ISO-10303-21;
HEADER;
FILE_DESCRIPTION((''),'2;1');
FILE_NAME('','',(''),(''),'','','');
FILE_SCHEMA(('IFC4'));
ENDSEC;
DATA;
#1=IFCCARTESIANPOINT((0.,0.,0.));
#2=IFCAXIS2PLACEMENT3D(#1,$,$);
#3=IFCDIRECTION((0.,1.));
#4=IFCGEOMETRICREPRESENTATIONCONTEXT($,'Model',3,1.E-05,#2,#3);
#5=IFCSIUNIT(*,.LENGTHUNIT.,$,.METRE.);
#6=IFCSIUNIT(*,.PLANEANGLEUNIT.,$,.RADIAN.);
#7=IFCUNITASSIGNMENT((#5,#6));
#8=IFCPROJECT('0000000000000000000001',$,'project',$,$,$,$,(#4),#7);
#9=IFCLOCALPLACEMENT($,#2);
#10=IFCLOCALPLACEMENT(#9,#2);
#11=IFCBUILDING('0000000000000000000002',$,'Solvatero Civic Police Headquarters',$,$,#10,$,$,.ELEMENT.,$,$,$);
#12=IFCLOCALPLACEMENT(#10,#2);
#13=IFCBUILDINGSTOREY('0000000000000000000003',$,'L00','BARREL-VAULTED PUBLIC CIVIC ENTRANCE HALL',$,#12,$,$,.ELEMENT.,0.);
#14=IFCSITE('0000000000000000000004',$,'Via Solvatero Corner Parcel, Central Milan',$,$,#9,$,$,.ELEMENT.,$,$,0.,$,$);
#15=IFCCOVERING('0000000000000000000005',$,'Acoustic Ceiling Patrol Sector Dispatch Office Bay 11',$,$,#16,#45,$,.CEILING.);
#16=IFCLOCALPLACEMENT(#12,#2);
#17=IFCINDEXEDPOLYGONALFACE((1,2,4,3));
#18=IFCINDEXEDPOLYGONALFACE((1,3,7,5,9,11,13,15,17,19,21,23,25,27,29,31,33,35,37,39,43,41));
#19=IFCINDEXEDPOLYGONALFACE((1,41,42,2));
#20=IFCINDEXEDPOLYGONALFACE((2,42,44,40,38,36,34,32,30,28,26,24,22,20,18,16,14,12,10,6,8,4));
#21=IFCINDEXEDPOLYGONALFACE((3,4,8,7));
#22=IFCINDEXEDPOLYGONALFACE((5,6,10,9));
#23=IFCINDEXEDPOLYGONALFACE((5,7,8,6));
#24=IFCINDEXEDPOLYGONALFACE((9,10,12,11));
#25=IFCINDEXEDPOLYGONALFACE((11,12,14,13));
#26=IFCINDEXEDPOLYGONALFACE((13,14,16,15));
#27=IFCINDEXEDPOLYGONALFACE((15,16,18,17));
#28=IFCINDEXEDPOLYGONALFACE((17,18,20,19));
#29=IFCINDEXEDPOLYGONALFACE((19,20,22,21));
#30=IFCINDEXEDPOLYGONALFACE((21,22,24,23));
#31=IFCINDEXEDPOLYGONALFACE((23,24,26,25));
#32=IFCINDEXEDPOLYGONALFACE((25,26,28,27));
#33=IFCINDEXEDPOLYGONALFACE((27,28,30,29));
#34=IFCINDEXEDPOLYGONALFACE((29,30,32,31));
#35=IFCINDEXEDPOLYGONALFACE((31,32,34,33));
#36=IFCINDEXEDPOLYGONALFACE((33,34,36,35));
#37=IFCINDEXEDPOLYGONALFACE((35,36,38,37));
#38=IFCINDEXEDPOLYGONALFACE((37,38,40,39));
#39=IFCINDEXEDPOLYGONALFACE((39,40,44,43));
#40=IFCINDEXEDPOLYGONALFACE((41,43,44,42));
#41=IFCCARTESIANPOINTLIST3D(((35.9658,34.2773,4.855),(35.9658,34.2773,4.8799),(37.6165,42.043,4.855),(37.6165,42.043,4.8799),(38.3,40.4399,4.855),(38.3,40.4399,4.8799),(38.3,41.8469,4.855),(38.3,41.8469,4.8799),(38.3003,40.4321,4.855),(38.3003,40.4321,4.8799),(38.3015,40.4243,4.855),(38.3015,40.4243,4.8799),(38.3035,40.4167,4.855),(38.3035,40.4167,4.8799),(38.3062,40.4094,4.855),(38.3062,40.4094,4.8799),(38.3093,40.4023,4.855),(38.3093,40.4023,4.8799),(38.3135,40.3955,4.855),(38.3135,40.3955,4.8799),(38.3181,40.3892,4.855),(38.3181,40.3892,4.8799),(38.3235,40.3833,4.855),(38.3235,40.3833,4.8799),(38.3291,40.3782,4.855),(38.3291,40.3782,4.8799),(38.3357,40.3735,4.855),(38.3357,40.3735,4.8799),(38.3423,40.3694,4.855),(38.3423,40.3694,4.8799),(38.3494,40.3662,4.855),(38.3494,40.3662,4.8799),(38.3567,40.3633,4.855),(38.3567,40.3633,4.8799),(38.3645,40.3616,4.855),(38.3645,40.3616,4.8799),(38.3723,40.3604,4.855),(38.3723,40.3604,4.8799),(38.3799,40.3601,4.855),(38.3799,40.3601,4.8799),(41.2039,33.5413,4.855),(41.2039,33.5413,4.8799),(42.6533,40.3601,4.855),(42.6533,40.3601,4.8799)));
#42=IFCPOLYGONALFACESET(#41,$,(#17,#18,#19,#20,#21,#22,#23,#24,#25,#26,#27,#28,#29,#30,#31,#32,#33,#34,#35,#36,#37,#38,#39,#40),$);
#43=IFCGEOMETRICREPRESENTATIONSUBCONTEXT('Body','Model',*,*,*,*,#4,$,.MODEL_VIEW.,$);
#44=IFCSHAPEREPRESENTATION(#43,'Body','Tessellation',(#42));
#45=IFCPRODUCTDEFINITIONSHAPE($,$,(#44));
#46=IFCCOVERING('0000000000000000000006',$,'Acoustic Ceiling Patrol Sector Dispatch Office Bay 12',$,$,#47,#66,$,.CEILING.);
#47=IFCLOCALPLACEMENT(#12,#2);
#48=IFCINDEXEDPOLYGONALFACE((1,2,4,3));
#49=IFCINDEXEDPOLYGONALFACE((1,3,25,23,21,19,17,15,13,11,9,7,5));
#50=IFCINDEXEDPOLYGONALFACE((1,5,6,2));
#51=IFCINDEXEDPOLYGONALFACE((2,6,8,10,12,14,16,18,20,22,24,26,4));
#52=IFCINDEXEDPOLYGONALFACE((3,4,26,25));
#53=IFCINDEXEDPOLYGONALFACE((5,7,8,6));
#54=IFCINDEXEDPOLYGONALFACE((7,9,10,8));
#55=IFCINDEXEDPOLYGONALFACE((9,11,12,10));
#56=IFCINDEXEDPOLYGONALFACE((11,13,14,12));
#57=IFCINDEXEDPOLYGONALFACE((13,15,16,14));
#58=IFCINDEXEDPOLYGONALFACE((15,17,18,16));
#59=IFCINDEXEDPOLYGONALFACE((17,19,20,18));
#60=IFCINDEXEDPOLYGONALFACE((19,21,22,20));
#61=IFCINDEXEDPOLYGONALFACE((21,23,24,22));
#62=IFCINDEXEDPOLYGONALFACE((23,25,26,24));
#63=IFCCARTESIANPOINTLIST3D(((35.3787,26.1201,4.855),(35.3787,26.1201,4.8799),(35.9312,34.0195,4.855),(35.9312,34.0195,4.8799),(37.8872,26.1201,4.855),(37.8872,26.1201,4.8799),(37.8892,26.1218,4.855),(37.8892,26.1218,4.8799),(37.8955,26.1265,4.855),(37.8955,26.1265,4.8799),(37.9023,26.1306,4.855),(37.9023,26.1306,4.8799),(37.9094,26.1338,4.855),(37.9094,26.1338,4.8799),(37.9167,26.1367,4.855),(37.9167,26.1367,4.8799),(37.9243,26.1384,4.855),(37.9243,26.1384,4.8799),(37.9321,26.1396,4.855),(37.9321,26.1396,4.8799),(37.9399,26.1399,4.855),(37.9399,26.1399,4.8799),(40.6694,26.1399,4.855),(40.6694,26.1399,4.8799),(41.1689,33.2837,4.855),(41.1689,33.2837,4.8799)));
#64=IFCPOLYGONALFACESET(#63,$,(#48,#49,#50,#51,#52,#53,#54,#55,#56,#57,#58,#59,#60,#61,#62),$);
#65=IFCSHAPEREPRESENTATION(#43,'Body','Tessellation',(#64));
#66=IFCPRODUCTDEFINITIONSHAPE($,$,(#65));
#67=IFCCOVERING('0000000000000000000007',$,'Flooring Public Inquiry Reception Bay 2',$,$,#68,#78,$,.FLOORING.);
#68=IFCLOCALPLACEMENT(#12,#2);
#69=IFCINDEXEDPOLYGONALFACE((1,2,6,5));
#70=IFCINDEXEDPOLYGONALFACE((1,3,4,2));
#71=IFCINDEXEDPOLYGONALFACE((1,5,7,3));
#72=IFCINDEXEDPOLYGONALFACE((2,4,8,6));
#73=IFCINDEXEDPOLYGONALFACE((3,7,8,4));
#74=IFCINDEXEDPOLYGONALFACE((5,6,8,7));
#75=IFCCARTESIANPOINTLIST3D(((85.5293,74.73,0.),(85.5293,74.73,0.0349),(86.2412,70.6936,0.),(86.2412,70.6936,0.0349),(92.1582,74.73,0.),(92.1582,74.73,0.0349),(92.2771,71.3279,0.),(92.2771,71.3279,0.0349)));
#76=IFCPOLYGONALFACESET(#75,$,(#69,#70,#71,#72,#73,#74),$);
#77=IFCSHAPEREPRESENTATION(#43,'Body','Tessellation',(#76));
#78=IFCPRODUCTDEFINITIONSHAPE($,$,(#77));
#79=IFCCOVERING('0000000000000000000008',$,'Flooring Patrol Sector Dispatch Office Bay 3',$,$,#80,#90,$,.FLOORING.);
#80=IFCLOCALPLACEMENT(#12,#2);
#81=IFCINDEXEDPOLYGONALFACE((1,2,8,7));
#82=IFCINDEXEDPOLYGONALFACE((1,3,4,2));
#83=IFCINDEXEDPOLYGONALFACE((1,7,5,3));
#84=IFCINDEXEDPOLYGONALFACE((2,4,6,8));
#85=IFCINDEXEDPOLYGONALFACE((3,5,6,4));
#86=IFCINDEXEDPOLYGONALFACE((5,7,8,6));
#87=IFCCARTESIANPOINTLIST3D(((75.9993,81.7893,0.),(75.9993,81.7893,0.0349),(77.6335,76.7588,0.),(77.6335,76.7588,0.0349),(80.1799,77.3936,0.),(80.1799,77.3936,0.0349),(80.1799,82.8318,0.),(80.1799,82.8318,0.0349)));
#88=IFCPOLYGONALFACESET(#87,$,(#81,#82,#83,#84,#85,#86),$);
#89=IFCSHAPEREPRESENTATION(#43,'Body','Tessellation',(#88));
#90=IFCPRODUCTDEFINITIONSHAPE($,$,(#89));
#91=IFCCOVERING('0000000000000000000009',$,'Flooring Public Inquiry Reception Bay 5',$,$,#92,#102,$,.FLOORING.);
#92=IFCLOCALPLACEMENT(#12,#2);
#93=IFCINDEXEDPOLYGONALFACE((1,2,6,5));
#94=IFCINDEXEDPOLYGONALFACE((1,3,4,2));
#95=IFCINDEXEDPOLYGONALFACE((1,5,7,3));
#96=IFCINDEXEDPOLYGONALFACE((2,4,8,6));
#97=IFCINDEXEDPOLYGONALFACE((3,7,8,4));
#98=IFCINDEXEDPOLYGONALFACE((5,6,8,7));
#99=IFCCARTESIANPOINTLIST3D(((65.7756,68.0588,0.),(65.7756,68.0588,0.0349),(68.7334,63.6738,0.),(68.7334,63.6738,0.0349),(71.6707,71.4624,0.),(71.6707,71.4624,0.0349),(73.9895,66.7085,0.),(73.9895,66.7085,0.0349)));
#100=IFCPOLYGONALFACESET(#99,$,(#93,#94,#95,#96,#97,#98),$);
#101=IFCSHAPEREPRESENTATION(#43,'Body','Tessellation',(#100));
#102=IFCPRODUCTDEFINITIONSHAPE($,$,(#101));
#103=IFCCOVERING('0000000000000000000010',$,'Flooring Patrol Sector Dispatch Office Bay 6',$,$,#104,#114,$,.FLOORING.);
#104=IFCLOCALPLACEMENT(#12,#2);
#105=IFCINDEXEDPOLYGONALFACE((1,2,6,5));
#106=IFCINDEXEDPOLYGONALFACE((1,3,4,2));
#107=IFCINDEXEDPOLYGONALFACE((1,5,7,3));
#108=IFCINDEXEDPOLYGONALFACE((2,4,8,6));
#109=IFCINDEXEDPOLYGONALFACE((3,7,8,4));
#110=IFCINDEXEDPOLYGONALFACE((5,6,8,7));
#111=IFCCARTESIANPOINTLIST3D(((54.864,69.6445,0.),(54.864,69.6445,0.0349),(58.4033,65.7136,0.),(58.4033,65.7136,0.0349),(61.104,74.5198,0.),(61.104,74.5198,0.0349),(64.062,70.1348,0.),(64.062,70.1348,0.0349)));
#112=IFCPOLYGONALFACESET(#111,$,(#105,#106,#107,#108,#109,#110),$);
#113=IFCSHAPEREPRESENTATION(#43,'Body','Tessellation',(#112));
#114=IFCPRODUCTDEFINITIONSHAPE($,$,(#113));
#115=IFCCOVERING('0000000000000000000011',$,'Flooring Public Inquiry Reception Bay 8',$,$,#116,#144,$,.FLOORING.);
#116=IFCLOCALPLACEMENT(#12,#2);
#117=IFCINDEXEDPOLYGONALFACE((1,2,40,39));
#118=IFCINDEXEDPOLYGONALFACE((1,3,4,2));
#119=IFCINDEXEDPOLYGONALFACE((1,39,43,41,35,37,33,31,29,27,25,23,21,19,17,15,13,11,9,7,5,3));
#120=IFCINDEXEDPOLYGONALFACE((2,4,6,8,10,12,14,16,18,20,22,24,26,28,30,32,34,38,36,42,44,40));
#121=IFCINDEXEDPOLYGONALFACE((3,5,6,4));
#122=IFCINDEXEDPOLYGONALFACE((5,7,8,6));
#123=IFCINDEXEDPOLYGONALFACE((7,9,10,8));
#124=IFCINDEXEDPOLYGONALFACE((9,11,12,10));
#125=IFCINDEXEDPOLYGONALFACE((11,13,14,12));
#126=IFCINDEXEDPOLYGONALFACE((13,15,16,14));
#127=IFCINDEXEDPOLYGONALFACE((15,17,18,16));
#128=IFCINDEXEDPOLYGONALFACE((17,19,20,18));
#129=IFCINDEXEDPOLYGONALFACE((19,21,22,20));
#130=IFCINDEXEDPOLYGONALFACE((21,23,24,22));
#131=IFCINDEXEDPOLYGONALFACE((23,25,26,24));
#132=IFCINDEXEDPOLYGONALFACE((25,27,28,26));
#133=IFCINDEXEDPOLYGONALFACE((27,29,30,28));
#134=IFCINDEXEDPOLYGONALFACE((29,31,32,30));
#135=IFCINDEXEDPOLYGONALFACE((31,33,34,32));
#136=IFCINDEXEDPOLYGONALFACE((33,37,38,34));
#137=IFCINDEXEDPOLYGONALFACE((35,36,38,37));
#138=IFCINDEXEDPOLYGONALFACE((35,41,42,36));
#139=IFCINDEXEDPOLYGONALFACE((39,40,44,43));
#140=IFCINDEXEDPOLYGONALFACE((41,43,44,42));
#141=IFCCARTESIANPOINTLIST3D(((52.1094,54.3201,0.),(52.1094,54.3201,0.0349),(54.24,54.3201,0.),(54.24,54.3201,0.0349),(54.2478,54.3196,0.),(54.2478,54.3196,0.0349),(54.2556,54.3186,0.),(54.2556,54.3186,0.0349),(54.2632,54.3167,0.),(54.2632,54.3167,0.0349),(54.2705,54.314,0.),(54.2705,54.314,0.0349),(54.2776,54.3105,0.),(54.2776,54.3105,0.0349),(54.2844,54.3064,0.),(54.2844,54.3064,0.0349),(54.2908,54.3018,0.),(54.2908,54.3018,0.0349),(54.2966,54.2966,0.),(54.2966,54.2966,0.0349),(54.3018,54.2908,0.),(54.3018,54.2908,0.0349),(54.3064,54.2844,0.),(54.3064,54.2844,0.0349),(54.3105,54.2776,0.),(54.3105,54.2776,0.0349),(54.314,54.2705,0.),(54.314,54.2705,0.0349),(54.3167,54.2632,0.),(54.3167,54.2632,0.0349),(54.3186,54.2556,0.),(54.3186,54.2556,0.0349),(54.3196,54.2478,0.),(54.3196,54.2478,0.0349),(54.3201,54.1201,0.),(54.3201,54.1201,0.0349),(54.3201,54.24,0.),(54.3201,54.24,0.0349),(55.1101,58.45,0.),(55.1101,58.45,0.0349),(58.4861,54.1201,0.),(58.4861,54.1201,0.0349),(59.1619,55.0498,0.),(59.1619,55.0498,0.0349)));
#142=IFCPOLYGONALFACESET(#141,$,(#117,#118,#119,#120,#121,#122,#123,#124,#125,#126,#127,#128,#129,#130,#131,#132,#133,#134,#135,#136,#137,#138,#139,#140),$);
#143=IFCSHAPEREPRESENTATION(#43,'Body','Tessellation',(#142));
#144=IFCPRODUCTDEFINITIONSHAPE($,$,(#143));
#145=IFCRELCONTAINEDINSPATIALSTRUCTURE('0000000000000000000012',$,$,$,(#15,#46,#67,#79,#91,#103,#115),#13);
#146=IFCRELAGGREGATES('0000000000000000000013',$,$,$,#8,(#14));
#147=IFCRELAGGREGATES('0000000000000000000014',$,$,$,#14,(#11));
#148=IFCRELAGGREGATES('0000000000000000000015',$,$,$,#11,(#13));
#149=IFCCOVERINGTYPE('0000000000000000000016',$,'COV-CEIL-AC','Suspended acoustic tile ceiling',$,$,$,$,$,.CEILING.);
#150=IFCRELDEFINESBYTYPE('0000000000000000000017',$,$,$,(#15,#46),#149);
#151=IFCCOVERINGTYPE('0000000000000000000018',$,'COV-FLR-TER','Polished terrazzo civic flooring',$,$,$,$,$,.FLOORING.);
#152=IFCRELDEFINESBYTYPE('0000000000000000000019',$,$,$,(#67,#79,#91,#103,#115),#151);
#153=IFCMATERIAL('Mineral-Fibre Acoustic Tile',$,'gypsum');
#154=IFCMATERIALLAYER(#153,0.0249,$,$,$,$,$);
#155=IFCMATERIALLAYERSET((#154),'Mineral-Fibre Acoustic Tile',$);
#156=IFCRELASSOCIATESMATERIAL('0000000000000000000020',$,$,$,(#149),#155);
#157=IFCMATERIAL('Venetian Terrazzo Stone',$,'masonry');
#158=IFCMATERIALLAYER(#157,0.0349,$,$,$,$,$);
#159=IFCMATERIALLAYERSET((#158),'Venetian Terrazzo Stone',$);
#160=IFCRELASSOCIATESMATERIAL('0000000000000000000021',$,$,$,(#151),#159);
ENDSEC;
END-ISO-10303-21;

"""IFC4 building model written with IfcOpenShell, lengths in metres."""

from ifc_helpers import new_model, si_unit, direction, frame, origin, place, context, subcontext, project, spatial, polyline, outline, extrude, material, layer, layer_set, type_object, element, save


model = new_model("IFC4")

# Units and contexts
model_context = context("Model", 3, precision=1e-05, world=origin(), true_north=direction((0.0, 1.0)))
body_context = subcontext(model_context, "Body", "Model", "MODEL_VIEW")
ifc_project = project(units=[si_unit("LENGTHUNIT", "METRE"), si_unit("PLANEANGLEUNIT", "RADIAN")], contexts=[model_context])

# Site, building, storey
site_placement = place(None, origin())
site = spatial("IfcSite", under=ifc_project, at=site_placement, Name="Via Solvatero Corner Parcel, Central Milan", CompositionType="ELEMENT", RefElevation=0.0)
building_placement = place(site_placement, origin())
building = spatial("IfcBuilding", under=site, at=building_placement, Name="Solvatero Civic Police Headquarters", CompositionType="ELEMENT")
storey_placement = place(building_placement, origin())
storey = spatial("IfcBuildingStorey", under=building, at=storey_placement, Name="L00", Description="BARREL-VAULTED PUBLIC CIVIC ENTRANCE HALL", CompositionType="ELEMENT", Elevation=0.0)

# Coverings
ifc_material_1 = material(Name="Mineral-Fibre Acoustic Tile", Category="gypsum")
ifc_layer_1 = layer(ifc_material_1, 0.0249)
ifc_layer_set_1 = layer_set([ifc_layer_1], Name="Mineral-Fibre Acoustic Tile")
covering_type_1 = type_object("IfcCoveringType", Name="COV-CEIL-AC", Description="Suspended acoustic tile ceiling", PredefinedType="CEILING", material=ifc_layer_set_1)
covering_1_placement = place(storey_placement, frame((0.0, 0.0, 4.855)))
element("IfcCovering", 1, at=covering_1_placement, inside=storey, type_object=covering_type_1, Name="Acoustic Ceiling Patrol Sector Dispatch Office Bay 11", PredefinedType="CEILING", context=body_context, shape_type="SweptSolid", body=[
    extrude(outline(polyline([(41.2039, 33.5413), (35.9658, 34.2773), (37.6165, 42.043), (38.3, 41.8469), (38.3, 40.4399), (38.3003, 40.4321), (38.3015, 40.4243), (38.3035, 40.4167), (38.3062, 40.4094), (38.3093, 40.4023), (38.3135, 40.3955), (38.3181, 40.3892), (38.3235, 40.3833), (38.3291, 40.3782), (38.3357, 40.3735), (38.3423, 40.3694), (38.3494, 40.3662), (38.3567, 40.3633), (38.3645, 40.3616), (38.3723, 40.3604), (38.3799, 40.3601), (42.6533, 40.3601), (41.2039, 33.5413)])), origin(), (0.0, 0.0, 1.0), 0.0249),
])
covering_2_placement = place(storey_placement, frame((0.0, 0.0, 4.855)))
element("IfcCovering", 2, at=covering_2_placement, inside=storey, type_object=covering_type_1, Name="Acoustic Ceiling Patrol Sector Dispatch Office Bay 12", PredefinedType="CEILING", context=body_context, shape_type="SweptSolid", body=[
    extrude(outline(polyline([(35.3787, 26.1201), (35.9312, 34.0195), (41.1689, 33.2837), (40.6694, 26.1399), (37.9399, 26.1399), (37.9321, 26.1396), (37.9243, 26.1384), (37.9167, 26.1367), (37.9094, 26.1338), (37.9023, 26.1306), (37.8955, 26.1265), (37.8892, 26.1218), (37.8872, 26.1201), (35.3787, 26.1201)])), origin(), (0.0, 0.0, 1.0), 0.0249),
])
ifc_material_2 = material(Name="Venetian Terrazzo Stone", Category="masonry")
ifc_layer_2 = layer(ifc_material_2, 0.0349)
ifc_layer_set_2 = layer_set([ifc_layer_2], Name="Venetian Terrazzo Stone")
covering_type_2 = type_object("IfcCoveringType", Name="COV-FLR-TER", Description="Polished terrazzo civic flooring", PredefinedType="FLOORING", material=ifc_layer_set_2)
covering_3_placement = place(storey_placement, origin())
element("IfcCovering", 3, at=covering_3_placement, inside=storey, type_object=covering_type_2, Name="Flooring Public Inquiry Reception Bay 2", PredefinedType="FLOORING", context=body_context, shape_type="SweptSolid", body=[
    extrude(outline(polyline([(86.2412, 70.6936), (85.5293, 74.73), (92.1582, 74.73), (92.2771, 71.3279), (86.2412, 70.6936)])), origin(), (0.0, 0.0, 1.0), 0.0349),
])
covering_4_placement = place(storey_placement, origin())
element("IfcCovering", 4, at=covering_4_placement, inside=storey, type_object=covering_type_2, Name="Flooring Patrol Sector Dispatch Office Bay 3", PredefinedType="FLOORING", context=body_context, shape_type="SweptSolid", body=[
    extrude(outline(polyline([(77.6335, 76.7588), (75.9993, 81.7893), (80.1799, 82.8318), (80.1799, 77.3936), (77.6335, 76.7588)])), origin(), (0.0, 0.0, 1.0), 0.0349),
])
covering_5_placement = place(storey_placement, origin())
element("IfcCovering", 5, at=covering_5_placement, inside=storey, type_object=covering_type_2, Name="Flooring Public Inquiry Reception Bay 5", PredefinedType="FLOORING", context=body_context, shape_type="SweptSolid", body=[
    extrude(outline(polyline([(68.7334, 63.6738), (65.7756, 68.0588), (71.6707, 71.4624), (73.9895, 66.7085), (68.7334, 63.6738)])), origin(), (0.0, 0.0, 1.0), 0.0349),
])
covering_6_placement = place(storey_placement, origin())
element("IfcCovering", 6, at=covering_6_placement, inside=storey, type_object=covering_type_2, Name="Flooring Patrol Sector Dispatch Office Bay 6", PredefinedType="FLOORING", context=body_context, shape_type="SweptSolid", body=[
    extrude(outline(polyline([(58.4033, 65.7136), (54.864, 69.6445), (61.104, 74.5198), (64.062, 70.1348), (58.4033, 65.7136)])), origin(), (0.0, 0.0, 1.0), 0.0349),
])
covering_7_placement = place(storey_placement, origin())
element("IfcCovering", 7, at=covering_7_placement, inside=storey, type_object=covering_type_2, Name="Flooring Public Inquiry Reception Bay 8", PredefinedType="FLOORING", context=body_context, shape_type="SweptSolid", body=[
    extrude(outline(polyline([(55.1101, 58.45), (59.1619, 55.0498), (58.4861, 54.1201), (54.3201, 54.1201), (54.3201, 54.24), (54.3196, 54.2478), (54.3186, 54.2556), (54.3167, 54.2632), (54.314, 54.2705), (54.3105, 54.2776), (54.3064, 54.2844), (54.3018, 54.2908), (54.2966, 54.2966), (54.2908, 54.3018), (54.2844, 54.3064), (54.2776, 54.3105), (54.2705, 54.314), (54.2632, 54.3167), (54.2556, 54.3186), (54.2478, 54.3196), (54.24, 54.3201), (52.1094, 54.3201), (55.1101, 58.45)])), origin(), (0.0, 0.0, 1.0), 0.0349),
])

save(model, "model.ifc")
